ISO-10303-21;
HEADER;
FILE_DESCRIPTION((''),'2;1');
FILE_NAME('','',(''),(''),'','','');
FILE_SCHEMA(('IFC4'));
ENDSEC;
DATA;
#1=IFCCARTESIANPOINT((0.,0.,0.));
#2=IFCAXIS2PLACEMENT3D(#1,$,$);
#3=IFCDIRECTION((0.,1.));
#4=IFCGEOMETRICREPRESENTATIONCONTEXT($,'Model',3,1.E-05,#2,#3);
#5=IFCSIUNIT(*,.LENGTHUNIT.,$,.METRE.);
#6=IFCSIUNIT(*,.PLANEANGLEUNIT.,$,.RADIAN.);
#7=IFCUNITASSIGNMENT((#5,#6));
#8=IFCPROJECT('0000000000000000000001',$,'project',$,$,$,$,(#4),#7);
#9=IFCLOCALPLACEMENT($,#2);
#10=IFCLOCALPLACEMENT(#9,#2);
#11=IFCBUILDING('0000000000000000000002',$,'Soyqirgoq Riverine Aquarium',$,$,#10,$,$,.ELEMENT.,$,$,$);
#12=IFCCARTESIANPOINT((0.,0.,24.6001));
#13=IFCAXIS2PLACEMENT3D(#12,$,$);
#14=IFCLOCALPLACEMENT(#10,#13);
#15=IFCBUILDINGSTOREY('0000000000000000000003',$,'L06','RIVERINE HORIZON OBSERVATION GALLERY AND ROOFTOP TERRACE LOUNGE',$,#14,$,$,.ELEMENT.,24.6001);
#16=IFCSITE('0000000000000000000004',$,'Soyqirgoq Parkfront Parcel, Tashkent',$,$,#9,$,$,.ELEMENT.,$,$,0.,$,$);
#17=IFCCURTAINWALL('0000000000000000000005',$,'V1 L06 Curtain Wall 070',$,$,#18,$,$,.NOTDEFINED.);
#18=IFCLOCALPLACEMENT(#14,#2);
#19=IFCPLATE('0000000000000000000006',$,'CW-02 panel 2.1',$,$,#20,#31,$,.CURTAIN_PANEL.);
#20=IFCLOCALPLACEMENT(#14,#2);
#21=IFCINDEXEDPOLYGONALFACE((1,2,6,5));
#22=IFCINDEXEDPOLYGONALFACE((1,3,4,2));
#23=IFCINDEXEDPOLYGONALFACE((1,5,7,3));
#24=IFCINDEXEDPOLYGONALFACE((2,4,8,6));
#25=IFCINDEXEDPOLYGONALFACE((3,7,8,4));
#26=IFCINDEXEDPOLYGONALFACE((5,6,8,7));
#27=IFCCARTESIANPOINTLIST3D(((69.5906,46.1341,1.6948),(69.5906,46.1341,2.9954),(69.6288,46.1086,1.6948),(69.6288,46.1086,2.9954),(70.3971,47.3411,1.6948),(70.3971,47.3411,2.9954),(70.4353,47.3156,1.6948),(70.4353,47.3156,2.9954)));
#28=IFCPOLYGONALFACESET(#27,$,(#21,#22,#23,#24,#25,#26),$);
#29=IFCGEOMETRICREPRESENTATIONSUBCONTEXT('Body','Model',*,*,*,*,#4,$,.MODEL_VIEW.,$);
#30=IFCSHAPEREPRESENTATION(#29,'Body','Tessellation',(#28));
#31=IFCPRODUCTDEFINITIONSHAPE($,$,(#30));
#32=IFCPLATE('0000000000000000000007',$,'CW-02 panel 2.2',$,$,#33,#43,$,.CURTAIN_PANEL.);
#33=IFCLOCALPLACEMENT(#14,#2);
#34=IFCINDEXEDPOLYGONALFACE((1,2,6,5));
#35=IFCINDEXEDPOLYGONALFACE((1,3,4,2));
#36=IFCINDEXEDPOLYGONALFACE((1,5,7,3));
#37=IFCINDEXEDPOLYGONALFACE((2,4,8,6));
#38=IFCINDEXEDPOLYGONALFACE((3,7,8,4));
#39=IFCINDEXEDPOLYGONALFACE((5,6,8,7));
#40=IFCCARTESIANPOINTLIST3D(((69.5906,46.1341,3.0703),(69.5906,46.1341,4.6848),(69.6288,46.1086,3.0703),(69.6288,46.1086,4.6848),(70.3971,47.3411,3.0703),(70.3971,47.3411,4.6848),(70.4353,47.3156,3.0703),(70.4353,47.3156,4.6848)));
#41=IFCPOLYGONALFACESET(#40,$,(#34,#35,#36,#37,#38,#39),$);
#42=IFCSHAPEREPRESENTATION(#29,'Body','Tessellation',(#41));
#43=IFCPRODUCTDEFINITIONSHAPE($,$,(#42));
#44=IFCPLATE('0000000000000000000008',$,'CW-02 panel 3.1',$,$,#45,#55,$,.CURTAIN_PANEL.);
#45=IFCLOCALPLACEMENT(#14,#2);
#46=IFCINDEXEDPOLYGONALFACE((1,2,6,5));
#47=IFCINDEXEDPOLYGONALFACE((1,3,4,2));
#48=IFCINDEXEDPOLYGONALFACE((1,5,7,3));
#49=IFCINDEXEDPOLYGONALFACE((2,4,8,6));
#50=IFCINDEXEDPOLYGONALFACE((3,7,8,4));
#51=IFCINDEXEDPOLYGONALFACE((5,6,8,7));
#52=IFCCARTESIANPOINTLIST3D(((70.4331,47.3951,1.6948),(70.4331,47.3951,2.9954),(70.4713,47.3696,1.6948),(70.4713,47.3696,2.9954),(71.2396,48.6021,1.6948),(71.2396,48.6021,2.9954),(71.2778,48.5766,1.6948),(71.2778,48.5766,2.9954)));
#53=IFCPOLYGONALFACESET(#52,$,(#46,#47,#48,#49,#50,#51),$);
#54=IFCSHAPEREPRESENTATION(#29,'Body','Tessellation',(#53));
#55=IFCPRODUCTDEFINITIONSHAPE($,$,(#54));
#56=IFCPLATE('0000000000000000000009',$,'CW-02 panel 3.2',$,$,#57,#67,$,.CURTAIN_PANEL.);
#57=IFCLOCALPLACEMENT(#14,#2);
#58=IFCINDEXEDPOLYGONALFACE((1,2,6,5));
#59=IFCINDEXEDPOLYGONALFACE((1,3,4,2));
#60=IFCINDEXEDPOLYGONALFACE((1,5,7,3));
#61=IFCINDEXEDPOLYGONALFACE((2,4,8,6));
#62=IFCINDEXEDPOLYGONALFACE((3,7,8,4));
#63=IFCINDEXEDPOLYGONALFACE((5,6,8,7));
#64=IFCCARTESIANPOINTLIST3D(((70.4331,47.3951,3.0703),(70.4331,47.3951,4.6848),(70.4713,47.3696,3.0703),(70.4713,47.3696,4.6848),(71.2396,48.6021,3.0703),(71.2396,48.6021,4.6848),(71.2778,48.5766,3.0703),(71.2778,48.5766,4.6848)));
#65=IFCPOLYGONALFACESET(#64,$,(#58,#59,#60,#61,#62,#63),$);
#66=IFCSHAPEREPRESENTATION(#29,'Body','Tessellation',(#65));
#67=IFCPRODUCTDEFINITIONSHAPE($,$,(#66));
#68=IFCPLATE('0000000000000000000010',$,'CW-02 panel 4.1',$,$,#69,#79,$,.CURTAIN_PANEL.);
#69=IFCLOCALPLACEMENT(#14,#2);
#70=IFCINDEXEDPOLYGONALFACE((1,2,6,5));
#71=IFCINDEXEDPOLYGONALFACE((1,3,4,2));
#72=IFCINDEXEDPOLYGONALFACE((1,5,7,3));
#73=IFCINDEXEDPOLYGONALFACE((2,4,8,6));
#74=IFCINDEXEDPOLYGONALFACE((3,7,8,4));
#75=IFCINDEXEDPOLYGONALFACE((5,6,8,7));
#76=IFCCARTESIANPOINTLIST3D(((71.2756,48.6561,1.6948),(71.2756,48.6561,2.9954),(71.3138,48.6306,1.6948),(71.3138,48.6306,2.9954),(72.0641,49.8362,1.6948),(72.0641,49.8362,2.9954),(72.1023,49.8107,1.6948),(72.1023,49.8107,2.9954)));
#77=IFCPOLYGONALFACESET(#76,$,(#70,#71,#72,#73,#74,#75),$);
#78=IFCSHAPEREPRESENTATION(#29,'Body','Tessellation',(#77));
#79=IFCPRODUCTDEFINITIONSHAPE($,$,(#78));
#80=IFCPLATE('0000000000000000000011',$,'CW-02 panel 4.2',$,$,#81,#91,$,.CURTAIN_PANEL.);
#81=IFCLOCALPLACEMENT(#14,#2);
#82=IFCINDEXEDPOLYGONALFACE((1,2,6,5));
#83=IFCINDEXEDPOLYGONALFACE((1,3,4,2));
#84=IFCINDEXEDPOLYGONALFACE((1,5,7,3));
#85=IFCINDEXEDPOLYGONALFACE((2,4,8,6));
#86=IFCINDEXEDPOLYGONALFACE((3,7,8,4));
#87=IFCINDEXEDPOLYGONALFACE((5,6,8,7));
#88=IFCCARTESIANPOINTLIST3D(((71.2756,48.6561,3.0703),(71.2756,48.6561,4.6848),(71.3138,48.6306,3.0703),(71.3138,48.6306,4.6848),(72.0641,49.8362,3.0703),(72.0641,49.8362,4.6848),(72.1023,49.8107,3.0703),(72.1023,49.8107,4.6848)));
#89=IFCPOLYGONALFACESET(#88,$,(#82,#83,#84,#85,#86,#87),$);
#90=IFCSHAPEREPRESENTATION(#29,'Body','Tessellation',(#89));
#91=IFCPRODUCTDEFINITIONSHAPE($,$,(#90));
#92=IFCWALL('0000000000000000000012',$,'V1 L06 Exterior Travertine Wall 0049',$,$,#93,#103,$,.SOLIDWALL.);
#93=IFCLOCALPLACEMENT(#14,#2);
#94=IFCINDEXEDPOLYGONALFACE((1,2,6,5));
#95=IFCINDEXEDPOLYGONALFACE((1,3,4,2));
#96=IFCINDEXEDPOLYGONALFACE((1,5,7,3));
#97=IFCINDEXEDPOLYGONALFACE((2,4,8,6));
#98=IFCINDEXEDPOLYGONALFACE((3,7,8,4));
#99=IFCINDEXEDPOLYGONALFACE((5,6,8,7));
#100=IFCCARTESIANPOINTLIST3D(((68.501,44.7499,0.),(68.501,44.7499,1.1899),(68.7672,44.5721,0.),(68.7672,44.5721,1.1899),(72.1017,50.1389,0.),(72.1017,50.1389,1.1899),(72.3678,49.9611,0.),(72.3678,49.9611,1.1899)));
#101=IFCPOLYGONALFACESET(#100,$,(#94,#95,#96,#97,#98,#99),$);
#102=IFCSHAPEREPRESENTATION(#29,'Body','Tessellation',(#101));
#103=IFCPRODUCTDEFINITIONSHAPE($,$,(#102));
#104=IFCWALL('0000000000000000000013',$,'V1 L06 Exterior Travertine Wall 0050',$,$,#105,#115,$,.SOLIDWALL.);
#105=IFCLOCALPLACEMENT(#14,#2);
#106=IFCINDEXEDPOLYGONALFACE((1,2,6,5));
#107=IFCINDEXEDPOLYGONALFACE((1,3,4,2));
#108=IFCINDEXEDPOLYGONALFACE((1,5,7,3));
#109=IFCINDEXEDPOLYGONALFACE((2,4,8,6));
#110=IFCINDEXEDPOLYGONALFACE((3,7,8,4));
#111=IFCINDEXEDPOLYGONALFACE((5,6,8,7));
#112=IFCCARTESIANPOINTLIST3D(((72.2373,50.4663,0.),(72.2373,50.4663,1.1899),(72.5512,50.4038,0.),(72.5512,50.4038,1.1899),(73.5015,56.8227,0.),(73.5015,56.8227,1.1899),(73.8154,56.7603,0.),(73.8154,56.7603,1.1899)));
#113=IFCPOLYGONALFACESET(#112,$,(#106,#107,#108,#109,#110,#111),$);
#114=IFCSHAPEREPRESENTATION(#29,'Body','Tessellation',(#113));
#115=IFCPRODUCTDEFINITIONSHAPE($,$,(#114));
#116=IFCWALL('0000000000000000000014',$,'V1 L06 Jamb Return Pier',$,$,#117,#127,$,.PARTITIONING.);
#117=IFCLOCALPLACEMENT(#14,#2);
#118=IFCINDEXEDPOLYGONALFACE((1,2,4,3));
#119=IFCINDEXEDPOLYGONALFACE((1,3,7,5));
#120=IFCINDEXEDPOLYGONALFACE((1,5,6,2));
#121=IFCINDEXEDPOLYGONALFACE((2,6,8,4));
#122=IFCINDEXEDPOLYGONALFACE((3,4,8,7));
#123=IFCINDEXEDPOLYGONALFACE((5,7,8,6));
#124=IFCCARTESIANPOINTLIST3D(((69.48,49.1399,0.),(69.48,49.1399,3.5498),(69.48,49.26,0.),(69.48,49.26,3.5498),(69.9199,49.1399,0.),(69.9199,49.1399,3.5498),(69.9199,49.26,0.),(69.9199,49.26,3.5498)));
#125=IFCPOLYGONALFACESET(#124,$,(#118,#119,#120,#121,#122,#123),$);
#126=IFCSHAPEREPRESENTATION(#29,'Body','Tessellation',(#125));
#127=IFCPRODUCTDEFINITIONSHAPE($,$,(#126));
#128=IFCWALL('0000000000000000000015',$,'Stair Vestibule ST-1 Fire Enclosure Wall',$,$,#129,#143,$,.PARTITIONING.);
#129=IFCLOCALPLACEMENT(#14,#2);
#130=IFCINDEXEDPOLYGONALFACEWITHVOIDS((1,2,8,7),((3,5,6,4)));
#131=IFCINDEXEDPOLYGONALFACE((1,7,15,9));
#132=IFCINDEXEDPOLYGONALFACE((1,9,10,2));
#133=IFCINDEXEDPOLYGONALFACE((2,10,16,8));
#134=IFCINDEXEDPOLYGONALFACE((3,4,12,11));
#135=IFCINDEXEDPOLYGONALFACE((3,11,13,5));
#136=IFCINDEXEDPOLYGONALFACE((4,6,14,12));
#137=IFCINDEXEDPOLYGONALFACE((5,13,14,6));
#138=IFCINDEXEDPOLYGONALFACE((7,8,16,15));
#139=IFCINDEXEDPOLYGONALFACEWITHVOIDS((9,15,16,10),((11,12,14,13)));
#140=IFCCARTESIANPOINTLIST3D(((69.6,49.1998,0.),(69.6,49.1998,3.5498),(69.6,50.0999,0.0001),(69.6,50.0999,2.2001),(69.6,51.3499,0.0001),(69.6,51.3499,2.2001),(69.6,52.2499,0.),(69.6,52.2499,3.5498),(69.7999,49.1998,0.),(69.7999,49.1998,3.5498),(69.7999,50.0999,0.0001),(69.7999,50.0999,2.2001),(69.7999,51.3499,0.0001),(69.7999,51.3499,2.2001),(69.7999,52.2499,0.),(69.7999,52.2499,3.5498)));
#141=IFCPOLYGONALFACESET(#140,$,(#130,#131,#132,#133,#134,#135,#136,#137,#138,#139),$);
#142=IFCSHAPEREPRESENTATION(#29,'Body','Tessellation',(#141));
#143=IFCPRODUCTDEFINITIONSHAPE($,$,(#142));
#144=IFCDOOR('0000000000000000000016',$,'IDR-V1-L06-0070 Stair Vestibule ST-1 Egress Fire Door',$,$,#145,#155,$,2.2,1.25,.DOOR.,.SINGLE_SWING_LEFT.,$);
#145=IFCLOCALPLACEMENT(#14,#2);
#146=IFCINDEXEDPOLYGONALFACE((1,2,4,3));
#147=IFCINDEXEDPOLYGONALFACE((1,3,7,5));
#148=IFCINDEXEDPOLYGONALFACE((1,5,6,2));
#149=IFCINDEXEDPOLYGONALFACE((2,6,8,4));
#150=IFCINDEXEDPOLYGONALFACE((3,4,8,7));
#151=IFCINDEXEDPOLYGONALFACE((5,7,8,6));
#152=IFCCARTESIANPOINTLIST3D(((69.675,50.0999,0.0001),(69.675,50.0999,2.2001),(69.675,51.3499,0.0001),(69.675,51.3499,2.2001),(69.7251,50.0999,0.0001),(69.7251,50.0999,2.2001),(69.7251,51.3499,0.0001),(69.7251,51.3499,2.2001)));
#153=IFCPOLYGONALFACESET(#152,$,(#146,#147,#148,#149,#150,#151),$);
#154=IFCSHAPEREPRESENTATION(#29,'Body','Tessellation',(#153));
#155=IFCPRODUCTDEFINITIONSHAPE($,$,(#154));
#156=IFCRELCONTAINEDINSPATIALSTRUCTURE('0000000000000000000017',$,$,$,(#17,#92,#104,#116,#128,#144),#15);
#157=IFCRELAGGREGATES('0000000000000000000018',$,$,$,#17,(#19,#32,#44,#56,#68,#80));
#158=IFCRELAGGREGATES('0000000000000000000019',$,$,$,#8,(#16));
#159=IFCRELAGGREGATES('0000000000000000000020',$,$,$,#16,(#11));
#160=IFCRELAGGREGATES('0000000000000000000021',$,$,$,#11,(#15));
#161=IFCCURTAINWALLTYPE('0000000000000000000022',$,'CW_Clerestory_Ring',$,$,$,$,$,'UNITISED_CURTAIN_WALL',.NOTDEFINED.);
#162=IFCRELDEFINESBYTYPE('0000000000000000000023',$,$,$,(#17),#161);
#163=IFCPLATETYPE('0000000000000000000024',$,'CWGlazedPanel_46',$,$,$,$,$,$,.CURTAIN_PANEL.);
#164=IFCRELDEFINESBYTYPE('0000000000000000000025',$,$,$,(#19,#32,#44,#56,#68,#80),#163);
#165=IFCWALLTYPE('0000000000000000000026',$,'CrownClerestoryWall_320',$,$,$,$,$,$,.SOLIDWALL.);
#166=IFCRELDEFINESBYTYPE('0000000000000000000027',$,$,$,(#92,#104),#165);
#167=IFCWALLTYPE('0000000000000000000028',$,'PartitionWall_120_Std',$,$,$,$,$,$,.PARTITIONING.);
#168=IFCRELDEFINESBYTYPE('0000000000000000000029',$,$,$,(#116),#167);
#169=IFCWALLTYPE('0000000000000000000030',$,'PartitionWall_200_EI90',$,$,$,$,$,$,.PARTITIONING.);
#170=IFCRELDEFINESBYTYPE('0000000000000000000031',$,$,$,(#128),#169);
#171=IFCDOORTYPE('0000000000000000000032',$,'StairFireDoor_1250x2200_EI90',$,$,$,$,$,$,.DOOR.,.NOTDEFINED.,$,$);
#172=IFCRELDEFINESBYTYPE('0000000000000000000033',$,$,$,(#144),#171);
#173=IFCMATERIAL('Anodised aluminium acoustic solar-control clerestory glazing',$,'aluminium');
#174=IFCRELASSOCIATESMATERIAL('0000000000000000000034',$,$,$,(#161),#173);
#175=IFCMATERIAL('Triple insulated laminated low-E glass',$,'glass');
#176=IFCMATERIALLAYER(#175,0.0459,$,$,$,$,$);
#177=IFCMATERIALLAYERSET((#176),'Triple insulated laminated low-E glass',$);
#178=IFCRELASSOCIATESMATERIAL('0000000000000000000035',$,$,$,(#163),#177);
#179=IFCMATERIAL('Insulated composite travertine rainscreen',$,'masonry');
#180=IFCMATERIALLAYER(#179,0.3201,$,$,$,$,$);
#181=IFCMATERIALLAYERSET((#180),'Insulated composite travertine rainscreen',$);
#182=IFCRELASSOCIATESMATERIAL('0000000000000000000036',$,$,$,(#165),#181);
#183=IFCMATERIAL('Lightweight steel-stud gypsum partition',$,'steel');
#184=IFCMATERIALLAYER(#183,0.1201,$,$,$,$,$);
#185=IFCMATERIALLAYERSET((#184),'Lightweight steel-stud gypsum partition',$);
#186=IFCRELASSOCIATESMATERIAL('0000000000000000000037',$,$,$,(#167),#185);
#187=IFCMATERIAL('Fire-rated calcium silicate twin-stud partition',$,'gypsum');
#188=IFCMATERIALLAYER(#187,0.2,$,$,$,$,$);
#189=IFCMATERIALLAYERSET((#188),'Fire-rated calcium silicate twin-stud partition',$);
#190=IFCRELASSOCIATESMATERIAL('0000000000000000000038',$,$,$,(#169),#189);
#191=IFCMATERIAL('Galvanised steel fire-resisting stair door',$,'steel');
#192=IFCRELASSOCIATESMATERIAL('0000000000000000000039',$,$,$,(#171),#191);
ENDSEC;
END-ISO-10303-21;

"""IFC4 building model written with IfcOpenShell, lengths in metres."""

from ifc_helpers import new_model, si_unit, direction, frame, frame_2d, origin, origin_2d, place, context, subcontext, project, spatial, rectangle, extrude, material, layer, layer_set, type_object, element, fill, aggregate, save


model = new_model("IFC4")

# Units and contexts
model_context = context("Model", 3, precision=1e-05, world=origin(), true_north=direction((0.0, 1.0)))
body_context = subcontext(model_context, "Body", "Model", "MODEL_VIEW")
ifc_project = project(units=[si_unit("LENGTHUNIT", "METRE"), si_unit("PLANEANGLEUNIT", "RADIAN")], contexts=[model_context])

# Site, building, storey
site_placement = place(None, origin())
site = spatial("IfcSite", under=ifc_project, at=site_placement, Name="Soyqirgoq Parkfront Parcel, Tashkent", CompositionType="ELEMENT", RefElevation=0.0)
building_placement = place(site_placement, origin())
building = spatial("IfcBuilding", under=site, at=building_placement, Name="Soyqirgoq Riverine Aquarium", CompositionType="ELEMENT")
storey_placement = place(building_placement, frame((0.0, 0.0, 24.6001)))
storey = spatial("IfcBuildingStorey", under=building, at=storey_placement, Name="L06", Description="RIVERINE HORIZON OBSERVATION GALLERY AND ROOFTOP TERRACE LOUNGE", CompositionType="ELEMENT", Elevation=24.6001)

# Shared definitions
ifc_material_1 = material(Name="Anodised aluminium acoustic solar-control clerestory glazing", Category="aluminium")
curtain_wall_type = type_object("IfcCurtainWallType", Name="CW_Clerestory_Ring", ElementType="UNITISED_CURTAIN_WALL", PredefinedType="NOTDEFINED", material=ifc_material_1)

# Curtain wall
curtain_wall_1_placement = place(storey_placement, origin())
curtain_wall_1 = element("IfcCurtainWall", 1, at=curtain_wall_1_placement, inside=storey, type_object=curtain_wall_type, Name="V1 L06 Curtain Wall 070", PredefinedType="NOTDEFINED")

# Plates
ifc_material_2 = material(Name="Triple insulated laminated low-E glass", Category="glass")
ifc_layer_1 = layer(ifc_material_2, 0.0459)
ifc_layer_set_1 = layer_set([ifc_layer_1], Name="Triple insulated laminated low-E glass")
plate_type = type_object("IfcPlateType", Name="CWGlazedPanel_46", PredefinedType="CURTAIN_PANEL", material=ifc_layer_set_1)
plate_1_placement = place(storey_placement, frame((70.0129, 46.7249, 1.6948), z_axis=(0.0, 0.0, 1.0), x_axis=(0.555579, 0.831464, 0.0)))
plate_1 = element("IfcPlate", 2, at=plate_1_placement, type_object=plate_type, Name="CW-02 panel 2.1", PredefinedType="CURTAIN_PANEL", context=body_context, shape_type="SweptSolid", body=[
    extrude(rectangle(XDim=1.4517, YDim=0.0459, at=origin_2d()), origin(), (0.0, 0.0, 1.0), 1.3005),
])
plate_2_placement = place(storey_placement, frame((70.0129, 46.7249, 3.0703), z_axis=(0.0, 0.0, 1.0), x_axis=(0.555579, 0.831464, 0.0)))
plate_2 = element("IfcPlate", 3, at=plate_2_placement, type_object=plate_type, Name="CW-02 panel 2.2", PredefinedType="CURTAIN_PANEL", context=body_context, shape_type="SweptSolid", body=[
    extrude(rectangle(XDim=1.4517, YDim=0.0459, at=origin_2d()), origin(), (0.0, 0.0, 1.0), 1.6145),
])
plate_3_placement = place(storey_placement, frame((70.8555, 47.9858, 1.6948), z_axis=(0.0, 0.0, 1.0), x_axis=(0.555579, 0.831464, 0.0)))
plate_3 = element("IfcPlate", 4, at=plate_3_placement, type_object=plate_type, Name="CW-02 panel 3.1", PredefinedType="CURTAIN_PANEL", context=body_context, shape_type="SweptSolid", body=[
    extrude(rectangle(XDim=1.4517, YDim=0.0459, at=origin_2d()), origin(), (0.0, 0.0, 1.0), 1.3005),
])
plate_4_placement = place(storey_placement, frame((70.8555, 47.9858, 3.0703), z_axis=(0.0, 0.0, 1.0), x_axis=(0.555579, 0.831464, 0.0)))
plate_4 = element("IfcPlate", 5, at=plate_4_placement, type_object=plate_type, Name="CW-02 panel 3.2", PredefinedType="CURTAIN_PANEL", context=body_context, shape_type="SweptSolid", body=[
    extrude(rectangle(XDim=1.4517, YDim=0.0459, at=origin_2d()), origin(), (0.0, 0.0, 1.0), 1.6145),
])
plate_5_placement = place(storey_placement, frame((71.689, 49.2334, 1.6948), z_axis=(0.0, 0.0, 1.0), x_axis=(0.555579, 0.831464, 0.0)))
plate_5 = element("IfcPlate", 6, at=plate_5_placement, type_object=plate_type, Name="CW-02 panel 4.1", PredefinedType="CURTAIN_PANEL", context=body_context, shape_type="SweptSolid", body=[
    extrude(rectangle(XDim=1.4192, YDim=0.0459, at=origin_2d()), origin(), (0.0, 0.0, 1.0), 1.3005),
])
plate_6_placement = place(storey_placement, frame((71.689, 49.2334, 3.0703), z_axis=(0.0, 0.0, 1.0), x_axis=(0.555579, 0.831464, 0.0)))
plate_6 = element("IfcPlate", 7, at=plate_6_placement, type_object=plate_type, Name="CW-02 panel 4.2", PredefinedType="CURTAIN_PANEL", context=body_context, shape_type="SweptSolid", body=[
    extrude(rectangle(XDim=1.4192, YDim=0.0459, at=origin_2d()), origin(), (0.0, 0.0, 1.0), 1.6145),
])
aggregate(curtain_wall_1, [plate_1, plate_2, plate_3, plate_4, plate_5, plate_6])

# Walls
ifc_material_3 = material(Name="Insulated composite travertine rainscreen", Category="masonry")
ifc_layer_2 = layer(ifc_material_3, 0.3201)
ifc_layer_set_2 = layer_set([ifc_layer_2], Name="Insulated composite travertine rainscreen")
wall_type_1 = type_object("IfcWallType", Name="CrownClerestoryWall_320", PredefinedType="SOLIDWALL", material=ifc_layer_set_2)
wall_1_placement = place(storey_placement, frame((68.634, 44.6609, 0.0), z_axis=(0.0, 0.0, 1.0), x_axis=(0.555552, 0.831482, 0.0)))
element("IfcWall", 8, at=wall_1_placement, inside=storey, type_object=wall_type_1, Name="V1 L06 Exterior Travertine Wall 0049", PredefinedType="SOLIDWALL", context=body_context, shape_type="SweptSolid", body=[
    extrude(rectangle(XDim=6.4812, YDim=0.3201, at=frame_2d((3.2407, 0.0))), origin(), (0.0, 0.0, 1.0), 1.1899),
])
wall_2_placement = place(storey_placement, frame((72.3943, 50.4351, 0.0), z_axis=(0.0, 0.0, 1.0), x_axis=(0.195058, 0.980792, 0.0)))
element("IfcWall", 9, at=wall_2_placement, inside=storey, type_object=wall_type_1, Name="V1 L06 Exterior Travertine Wall 0050", PredefinedType="SOLIDWALL", context=body_context, shape_type="SweptSolid", body=[
    extrude(rectangle(XDim=6.481, YDim=0.3201, at=frame_2d((3.2405, 0.0))), origin(), (0.0, 0.0, 1.0), 1.1899),
])
ifc_material_4 = material(Name="Lightweight steel-stud gypsum partition", Category="steel")
ifc_layer_3 = layer(ifc_material_4, 0.1201)
ifc_layer_set_3 = layer_set([ifc_layer_3], Name="Lightweight steel-stud gypsum partition")
wall_type_2 = type_object("IfcWallType", Name="PartitionWall_120_Std", PredefinedType="PARTITIONING", material=ifc_layer_set_3)
wall_3_placement = place(storey_placement, frame((69.9199, 49.2, 0.0), z_axis=(0.0, 0.0, 1.0), x_axis=(-1.0, 0.0, 0.0)))
element("IfcWall", 10, at=wall_3_placement, inside=storey, type_object=wall_type_2, Name="V1 L06 Jamb Return Pier", PredefinedType="PARTITIONING", context=body_context, shape_type="SweptSolid", body=[
    extrude(rectangle(XDim=0.4399, YDim=0.1201, at=frame_2d((0.22, 0.0))), origin(), (0.0, 0.0, 1.0), 3.5498),
])

# Wall, opening, door
ifc_material_5 = material(Name="Fire-rated calcium silicate twin-stud partition", Category="gypsum")
ifc_layer_4 = layer(ifc_material_5, 0.2)
ifc_layer_set_4 = layer_set([ifc_layer_4], Name="Fire-rated calcium silicate twin-stud partition")
wall_type_3 = type_object("IfcWallType", Name="PartitionWall_200_EI90", PredefinedType="PARTITIONING", material=ifc_layer_set_4)
wall_4_placement = place(storey_placement, frame((69.7, 49.2, 0.0), z_axis=(0.0, 0.0, 1.0), x_axis=(0.0, 1.0, 0.0)))
wall_4 = element("IfcWall", 11, at=wall_4_placement, inside=storey, type_object=wall_type_3, Name="Stair Vestibule ST-1 Fire Enclosure Wall", PredefinedType="PARTITIONING", context=body_context, shape_type="SweptSolid", body=[
    extrude(rectangle(XDim=3.05, YDim=0.2, at=frame_2d((1.5249, 0.0))), origin(), (0.0, 0.0, 1.0), 3.5498),
])
opening_placement = place(wall_4_placement, frame((0.8999, 0.0, 0.0)))
opening = element("IfcOpeningElement", 12, at=opening_placement, cuts=wall_4, PredefinedType="OPENING", context=body_context, shape_type="SweptSolid", body=[
    extrude(rectangle(XDim=1.25, YDim=2.2, at=frame_2d((0.625, 1.1001))), frame((0.0, 0.1099, 0.0), z_axis=(0.0, -1.0, 0.0), x_axis=(1.0, 0.0, 0.0)), (0.0, 0.0, 1.0), 0.22),
])
ifc_material_6 = material(Name="Galvanised steel fire-resisting stair door", Category="steel")
door_type = type_object("IfcDoorType", Name="StairFireDoor_1250x2200_EI90", OperationType="NOTDEFINED", PredefinedType="DOOR", material=ifc_material_6)
door_placement = place(opening_placement, origin())
door = element("IfcDoor", 13, at=door_placement, inside=storey, type_object=door_type, Name="IDR-V1-L06-0070 Stair Vestibule ST-1 Egress Fire Door", OperationType="SINGLE_SWING_LEFT", OverallHeight=2.2, OverallWidth=1.25, PredefinedType="DOOR", context=body_context, shape_type="SweptSolid", body=[
    extrude(rectangle(XDim=1.25, YDim=2.2, at=frame_2d((0.625, 1.1001))), frame((0.0, 0.0249, 0.0), z_axis=(0.0, -1.0, 0.0), x_axis=(1.0, 0.0, 0.0)), (0.0, 0.0, 1.0), 0.05),
])
fill(opening, door)

save(model, "model.ifc")
